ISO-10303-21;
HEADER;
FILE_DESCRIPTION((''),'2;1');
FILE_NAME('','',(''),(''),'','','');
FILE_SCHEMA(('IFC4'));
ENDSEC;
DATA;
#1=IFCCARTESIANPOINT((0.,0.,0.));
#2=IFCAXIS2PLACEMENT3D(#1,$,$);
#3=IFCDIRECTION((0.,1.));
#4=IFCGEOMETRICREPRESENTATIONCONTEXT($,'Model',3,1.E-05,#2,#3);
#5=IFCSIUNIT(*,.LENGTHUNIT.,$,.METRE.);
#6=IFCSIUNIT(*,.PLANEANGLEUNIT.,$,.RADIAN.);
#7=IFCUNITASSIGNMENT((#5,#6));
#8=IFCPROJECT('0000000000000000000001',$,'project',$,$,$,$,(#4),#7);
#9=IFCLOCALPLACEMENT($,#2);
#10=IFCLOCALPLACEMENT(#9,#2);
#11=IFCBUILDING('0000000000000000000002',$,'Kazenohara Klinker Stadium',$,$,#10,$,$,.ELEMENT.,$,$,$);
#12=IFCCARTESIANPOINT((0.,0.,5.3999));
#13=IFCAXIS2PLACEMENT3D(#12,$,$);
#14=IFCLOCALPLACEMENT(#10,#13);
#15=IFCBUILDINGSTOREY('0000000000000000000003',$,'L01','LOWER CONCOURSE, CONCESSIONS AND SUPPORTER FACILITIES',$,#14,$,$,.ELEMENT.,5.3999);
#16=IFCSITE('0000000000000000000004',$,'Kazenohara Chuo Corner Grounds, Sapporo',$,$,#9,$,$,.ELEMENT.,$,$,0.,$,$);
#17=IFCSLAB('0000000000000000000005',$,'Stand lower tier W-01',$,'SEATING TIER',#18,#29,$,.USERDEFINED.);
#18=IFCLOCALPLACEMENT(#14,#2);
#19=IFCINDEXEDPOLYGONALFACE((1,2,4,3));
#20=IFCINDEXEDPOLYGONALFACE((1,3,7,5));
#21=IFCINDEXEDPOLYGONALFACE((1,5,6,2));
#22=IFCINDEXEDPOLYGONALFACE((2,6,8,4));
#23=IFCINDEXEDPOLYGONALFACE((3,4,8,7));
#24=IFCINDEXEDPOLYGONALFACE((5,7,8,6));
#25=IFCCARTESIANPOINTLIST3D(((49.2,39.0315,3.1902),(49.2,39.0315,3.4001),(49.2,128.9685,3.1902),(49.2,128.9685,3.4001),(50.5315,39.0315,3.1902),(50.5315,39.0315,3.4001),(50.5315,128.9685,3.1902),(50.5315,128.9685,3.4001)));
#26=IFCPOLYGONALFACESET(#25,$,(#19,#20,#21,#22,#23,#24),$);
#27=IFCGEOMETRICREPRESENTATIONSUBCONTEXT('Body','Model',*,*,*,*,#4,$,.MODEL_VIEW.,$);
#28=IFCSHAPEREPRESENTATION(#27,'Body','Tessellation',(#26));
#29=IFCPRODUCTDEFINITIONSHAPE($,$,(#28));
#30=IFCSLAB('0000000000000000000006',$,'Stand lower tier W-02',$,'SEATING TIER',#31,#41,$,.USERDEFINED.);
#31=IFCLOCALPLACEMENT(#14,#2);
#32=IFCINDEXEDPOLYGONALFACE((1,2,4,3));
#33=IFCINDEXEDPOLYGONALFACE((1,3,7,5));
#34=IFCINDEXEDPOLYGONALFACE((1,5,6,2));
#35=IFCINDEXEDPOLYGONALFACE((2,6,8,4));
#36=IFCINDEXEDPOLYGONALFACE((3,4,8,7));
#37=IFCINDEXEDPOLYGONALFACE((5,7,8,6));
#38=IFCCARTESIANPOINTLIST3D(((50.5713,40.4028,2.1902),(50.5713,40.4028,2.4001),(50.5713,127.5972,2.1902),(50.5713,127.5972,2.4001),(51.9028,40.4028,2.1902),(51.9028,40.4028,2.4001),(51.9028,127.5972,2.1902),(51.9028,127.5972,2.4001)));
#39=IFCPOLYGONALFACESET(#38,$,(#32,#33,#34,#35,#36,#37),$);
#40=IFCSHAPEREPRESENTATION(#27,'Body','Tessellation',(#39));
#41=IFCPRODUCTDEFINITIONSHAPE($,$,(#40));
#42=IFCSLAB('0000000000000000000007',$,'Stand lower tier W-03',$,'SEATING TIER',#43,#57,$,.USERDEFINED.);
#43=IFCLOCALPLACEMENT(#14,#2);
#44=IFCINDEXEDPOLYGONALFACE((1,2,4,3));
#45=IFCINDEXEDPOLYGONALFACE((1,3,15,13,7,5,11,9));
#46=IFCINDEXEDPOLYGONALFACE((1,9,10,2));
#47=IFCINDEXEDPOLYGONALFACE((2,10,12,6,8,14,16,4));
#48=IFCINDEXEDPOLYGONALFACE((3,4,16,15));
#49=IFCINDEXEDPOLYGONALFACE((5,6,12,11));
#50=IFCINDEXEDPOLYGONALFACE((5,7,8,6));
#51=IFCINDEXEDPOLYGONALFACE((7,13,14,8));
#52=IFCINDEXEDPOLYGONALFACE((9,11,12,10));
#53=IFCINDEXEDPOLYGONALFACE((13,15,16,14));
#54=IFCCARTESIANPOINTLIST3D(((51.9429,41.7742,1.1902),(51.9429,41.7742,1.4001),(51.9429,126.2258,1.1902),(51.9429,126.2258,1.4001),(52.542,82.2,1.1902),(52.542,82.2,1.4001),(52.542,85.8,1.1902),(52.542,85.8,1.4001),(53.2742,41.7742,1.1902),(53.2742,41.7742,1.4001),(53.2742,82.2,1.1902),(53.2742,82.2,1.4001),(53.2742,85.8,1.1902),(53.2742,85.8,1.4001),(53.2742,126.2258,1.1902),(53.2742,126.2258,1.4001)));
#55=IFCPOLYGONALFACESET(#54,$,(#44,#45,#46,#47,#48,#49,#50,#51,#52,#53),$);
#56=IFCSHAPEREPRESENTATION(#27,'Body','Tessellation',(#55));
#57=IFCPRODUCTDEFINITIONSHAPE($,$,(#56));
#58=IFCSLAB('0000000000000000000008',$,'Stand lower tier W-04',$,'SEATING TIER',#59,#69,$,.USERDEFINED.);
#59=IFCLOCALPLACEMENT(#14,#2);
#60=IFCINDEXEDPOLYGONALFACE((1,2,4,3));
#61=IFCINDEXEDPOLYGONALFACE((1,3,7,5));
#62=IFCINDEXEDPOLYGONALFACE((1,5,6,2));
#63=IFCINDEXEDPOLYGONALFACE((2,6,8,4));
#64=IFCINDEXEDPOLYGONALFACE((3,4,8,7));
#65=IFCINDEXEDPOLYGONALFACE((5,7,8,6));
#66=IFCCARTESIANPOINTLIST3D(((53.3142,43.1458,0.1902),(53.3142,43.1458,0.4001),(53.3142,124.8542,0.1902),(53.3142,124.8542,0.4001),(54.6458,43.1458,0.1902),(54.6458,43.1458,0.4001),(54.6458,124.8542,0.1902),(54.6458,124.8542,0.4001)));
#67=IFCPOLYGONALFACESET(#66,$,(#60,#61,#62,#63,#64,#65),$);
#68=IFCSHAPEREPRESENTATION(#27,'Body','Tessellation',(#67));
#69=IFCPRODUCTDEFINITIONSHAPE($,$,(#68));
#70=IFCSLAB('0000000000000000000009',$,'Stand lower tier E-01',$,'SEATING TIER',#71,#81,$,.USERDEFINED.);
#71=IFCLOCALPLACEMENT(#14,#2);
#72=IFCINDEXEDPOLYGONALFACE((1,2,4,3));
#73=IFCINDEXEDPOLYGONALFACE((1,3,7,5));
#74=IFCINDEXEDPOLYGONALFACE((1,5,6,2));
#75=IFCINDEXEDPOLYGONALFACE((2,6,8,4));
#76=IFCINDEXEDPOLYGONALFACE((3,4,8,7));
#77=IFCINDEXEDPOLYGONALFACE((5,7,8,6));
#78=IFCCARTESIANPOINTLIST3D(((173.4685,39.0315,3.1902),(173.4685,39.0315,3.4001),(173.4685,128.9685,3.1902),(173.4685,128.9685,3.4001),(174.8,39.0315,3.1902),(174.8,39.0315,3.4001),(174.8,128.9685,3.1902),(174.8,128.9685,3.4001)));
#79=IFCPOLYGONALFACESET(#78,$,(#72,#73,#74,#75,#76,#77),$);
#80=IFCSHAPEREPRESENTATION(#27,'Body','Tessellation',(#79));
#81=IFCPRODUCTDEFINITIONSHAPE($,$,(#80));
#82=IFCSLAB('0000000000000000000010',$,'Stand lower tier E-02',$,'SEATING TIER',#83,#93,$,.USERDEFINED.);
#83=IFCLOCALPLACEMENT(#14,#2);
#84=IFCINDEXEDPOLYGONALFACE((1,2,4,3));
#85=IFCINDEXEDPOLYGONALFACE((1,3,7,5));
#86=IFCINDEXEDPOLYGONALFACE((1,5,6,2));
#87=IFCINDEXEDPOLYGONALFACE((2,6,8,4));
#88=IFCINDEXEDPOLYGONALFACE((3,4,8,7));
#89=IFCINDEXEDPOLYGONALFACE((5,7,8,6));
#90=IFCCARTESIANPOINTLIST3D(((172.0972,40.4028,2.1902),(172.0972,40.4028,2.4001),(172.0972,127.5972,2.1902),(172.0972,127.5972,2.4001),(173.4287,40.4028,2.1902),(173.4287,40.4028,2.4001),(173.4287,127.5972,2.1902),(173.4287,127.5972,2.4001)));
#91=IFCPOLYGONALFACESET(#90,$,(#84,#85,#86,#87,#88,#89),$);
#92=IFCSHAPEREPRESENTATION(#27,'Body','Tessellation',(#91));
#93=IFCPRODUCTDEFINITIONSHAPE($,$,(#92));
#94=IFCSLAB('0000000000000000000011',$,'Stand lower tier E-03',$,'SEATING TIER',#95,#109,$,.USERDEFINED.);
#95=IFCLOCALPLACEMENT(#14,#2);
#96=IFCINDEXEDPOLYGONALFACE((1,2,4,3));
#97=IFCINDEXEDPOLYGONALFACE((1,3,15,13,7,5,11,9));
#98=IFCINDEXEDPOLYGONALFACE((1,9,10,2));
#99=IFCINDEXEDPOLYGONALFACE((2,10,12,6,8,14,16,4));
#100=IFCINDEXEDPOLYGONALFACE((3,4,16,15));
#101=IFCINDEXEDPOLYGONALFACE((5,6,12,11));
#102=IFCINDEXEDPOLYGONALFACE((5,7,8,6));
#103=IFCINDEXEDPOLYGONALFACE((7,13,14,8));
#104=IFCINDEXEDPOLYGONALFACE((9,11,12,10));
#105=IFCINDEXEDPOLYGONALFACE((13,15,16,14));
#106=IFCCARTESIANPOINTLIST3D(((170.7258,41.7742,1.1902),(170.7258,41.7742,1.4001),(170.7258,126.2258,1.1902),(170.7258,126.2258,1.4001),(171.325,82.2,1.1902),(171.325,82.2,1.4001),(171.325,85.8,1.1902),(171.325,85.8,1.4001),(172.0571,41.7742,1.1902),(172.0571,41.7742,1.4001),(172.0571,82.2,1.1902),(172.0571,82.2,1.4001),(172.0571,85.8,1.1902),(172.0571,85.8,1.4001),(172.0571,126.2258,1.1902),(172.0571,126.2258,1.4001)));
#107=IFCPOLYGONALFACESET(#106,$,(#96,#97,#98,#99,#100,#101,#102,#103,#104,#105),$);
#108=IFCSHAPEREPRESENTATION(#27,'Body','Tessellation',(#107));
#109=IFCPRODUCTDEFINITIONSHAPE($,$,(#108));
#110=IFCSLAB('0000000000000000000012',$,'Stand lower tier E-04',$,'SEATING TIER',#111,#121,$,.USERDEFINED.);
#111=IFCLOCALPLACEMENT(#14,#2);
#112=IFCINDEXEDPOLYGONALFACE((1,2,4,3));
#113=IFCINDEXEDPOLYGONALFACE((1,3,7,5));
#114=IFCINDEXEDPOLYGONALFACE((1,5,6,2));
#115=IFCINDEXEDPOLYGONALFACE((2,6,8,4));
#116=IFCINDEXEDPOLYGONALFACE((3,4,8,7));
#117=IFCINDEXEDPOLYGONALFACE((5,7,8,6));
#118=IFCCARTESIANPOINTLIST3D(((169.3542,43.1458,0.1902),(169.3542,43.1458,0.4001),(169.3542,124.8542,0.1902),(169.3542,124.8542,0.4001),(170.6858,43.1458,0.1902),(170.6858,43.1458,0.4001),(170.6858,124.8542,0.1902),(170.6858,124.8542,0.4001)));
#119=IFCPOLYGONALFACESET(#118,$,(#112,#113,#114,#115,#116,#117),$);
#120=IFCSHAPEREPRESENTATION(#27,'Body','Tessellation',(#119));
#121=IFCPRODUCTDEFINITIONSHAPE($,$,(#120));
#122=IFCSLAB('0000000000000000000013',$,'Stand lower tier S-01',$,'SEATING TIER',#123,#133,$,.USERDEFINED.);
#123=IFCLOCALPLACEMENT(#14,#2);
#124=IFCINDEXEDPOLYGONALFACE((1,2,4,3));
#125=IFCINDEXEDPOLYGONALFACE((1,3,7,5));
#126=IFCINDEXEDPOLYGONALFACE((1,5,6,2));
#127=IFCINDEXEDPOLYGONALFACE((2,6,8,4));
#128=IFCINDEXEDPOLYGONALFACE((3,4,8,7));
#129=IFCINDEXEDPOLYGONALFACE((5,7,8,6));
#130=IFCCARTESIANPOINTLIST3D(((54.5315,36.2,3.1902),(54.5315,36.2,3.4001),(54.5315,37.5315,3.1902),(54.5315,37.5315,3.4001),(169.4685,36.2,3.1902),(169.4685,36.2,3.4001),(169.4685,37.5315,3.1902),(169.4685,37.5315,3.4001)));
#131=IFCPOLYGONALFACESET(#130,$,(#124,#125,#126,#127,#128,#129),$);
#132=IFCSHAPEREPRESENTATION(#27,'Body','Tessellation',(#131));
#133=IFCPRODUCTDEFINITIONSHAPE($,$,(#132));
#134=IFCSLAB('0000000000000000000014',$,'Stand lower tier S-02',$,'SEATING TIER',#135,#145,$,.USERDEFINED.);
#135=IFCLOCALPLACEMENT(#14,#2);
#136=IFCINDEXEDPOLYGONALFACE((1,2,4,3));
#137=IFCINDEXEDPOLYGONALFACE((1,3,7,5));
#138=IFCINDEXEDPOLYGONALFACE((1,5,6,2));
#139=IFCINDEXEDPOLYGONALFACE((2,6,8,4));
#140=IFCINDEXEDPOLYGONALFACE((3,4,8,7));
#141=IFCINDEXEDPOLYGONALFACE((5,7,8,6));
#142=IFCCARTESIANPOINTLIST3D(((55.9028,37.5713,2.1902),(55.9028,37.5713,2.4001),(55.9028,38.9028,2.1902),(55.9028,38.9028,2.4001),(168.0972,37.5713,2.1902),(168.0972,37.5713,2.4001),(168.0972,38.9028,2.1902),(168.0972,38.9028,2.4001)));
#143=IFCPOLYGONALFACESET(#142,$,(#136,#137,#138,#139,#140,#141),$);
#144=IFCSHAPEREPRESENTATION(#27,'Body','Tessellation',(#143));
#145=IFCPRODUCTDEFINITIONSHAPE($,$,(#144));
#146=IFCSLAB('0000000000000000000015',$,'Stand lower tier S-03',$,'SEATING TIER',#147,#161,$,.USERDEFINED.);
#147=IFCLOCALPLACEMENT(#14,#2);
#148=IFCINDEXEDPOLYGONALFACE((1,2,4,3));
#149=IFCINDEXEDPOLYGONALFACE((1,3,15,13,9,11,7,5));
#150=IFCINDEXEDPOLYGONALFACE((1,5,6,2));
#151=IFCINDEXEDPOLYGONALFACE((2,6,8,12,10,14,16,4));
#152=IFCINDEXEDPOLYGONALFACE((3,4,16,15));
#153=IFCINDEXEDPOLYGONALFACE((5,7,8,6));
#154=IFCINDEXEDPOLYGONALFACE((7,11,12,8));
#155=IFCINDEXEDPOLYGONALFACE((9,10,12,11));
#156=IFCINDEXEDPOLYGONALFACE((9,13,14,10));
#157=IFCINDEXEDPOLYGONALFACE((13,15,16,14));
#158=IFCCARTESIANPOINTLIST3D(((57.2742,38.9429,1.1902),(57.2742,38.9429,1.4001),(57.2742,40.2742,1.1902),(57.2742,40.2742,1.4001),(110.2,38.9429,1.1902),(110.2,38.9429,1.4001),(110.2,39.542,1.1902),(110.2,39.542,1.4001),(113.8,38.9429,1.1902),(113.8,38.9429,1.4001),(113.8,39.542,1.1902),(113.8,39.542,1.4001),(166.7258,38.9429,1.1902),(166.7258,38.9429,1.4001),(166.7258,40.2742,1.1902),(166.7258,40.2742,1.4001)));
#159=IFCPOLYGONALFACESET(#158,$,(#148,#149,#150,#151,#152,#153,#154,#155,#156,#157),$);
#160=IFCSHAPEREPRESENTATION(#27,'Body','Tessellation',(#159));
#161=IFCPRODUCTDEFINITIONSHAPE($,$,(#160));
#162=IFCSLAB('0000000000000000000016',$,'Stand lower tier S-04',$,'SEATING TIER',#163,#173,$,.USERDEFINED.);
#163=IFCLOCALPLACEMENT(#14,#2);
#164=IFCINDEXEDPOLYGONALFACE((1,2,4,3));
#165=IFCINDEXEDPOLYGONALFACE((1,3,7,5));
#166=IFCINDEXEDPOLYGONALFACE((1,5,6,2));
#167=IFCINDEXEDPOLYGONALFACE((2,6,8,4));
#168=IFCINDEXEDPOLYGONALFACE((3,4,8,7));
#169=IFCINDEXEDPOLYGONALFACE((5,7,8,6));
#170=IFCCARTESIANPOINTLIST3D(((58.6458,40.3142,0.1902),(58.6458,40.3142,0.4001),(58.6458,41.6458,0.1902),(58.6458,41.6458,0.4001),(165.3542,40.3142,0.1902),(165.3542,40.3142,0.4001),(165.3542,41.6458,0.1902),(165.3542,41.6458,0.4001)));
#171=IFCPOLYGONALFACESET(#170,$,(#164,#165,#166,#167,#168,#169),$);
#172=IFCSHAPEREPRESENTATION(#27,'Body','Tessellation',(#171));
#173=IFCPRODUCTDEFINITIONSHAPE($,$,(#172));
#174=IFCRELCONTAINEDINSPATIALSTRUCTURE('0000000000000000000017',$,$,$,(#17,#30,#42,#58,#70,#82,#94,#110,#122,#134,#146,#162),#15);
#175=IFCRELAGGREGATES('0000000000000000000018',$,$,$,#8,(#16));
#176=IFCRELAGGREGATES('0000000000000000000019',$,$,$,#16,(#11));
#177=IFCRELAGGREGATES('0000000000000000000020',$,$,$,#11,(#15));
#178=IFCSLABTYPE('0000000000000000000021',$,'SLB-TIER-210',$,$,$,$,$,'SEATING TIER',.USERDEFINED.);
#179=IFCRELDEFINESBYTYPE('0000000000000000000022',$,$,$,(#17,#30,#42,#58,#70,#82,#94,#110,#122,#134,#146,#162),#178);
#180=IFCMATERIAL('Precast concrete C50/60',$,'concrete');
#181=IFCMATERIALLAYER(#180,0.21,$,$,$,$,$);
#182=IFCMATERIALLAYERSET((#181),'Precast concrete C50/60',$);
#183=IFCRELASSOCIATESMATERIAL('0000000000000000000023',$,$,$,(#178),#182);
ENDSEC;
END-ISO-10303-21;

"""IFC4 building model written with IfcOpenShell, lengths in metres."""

from ifc_helpers import new_model, si_unit, direction, frame, origin, place, context, subcontext, project, spatial, polyline, outline, extrude, material, layer, layer_set, type_object, element, save


model = new_model("IFC4")

# Units and contexts
model_context = context("Model", 3, precision=1e-05, world=origin(), true_north=direction((0.0, 1.0)))
body_context = subcontext(model_context, "Body", "Model", "MODEL_VIEW")
ifc_project = project(units=[si_unit("LENGTHUNIT", "METRE"), si_unit("PLANEANGLEUNIT", "RADIAN")], contexts=[model_context])

# Site, building, storey
site_placement = place(None, origin())
site = spatial("IfcSite", under=ifc_project, at=site_placement, Name="Kazenohara Chuo Corner Grounds, Sapporo", CompositionType="ELEMENT", RefElevation=0.0)
building_placement = place(site_placement, origin())
building = spatial("IfcBuilding", under=site, at=building_placement, Name="Kazenohara Klinker Stadium", CompositionType="ELEMENT")
storey_placement = place(building_placement, frame((0.0, 0.0, 5.3999)))
storey = spatial("IfcBuildingStorey", under=building, at=storey_placement, Name="L01", Description="LOWER CONCOURSE, CONCESSIONS AND SUPPORTER FACILITIES", CompositionType="ELEMENT", Elevation=5.3999)

# Slabs
ifc_material_1 = material(Name="Precast concrete C50/60", Category="concrete")
ifc_layer_1 = layer(ifc_material_1, 0.21)
ifc_layer_set_1 = layer_set([ifc_layer_1], Name="Precast concrete C50/60")
slab_type_1 = type_object("IfcSlabType", Name="SLB-TIER-210", ElementType="SEATING TIER", PredefinedType="USERDEFINED", material=ifc_layer_set_1)
slab_1_placement = place(storey_placement, frame((0.0, 0.0, 3.1902)))
element("IfcSlab", 1, at=slab_1_placement, inside=storey, type_object=slab_type_1, Name="Stand lower tier W-01", ObjectType="SEATING TIER", PredefinedType="USERDEFINED", context=body_context, shape_type="SweptSolid", body=[
    extrude(outline(polyline([(49.2, 39.0315), (50.5315, 39.0315), (50.5315, 128.9685), (49.2, 128.9685), (49.2, 39.0315)])), origin(), (0.0, 0.0, 1.0), 0.21),
])
slab_2_placement = place(storey_placement, frame((0.0, 0.0, 2.1902)))
element("IfcSlab", 2, at=slab_2_placement, inside=storey, type_object=slab_type_1, Name="Stand lower tier W-02", ObjectType="SEATING TIER", PredefinedType="USERDEFINED", context=body_context, shape_type="SweptSolid", body=[
    extrude(outline(polyline([(50.5713, 40.4028), (51.9028, 40.4028), (51.9028, 127.5972), (50.5713, 127.5972), (50.5713, 40.4028)])), origin(), (0.0, 0.0, 1.0), 0.21),
])
slab_3_placement = place(storey_placement, frame((0.0, 0.0, 1.1902)))
element("IfcSlab", 3, at=slab_3_placement, inside=storey, type_object=slab_type_1, Name="Stand lower tier W-03", ObjectType="SEATING TIER", PredefinedType="USERDEFINED", context=body_context, shape_type="SweptSolid", body=[
    extrude(outline(polyline([(51.9429, 41.7742), (53.2742, 41.7742), (53.2742, 82.2), (52.542, 82.2), (52.542, 85.8), (53.2742, 85.8), (53.2742, 126.2258), (51.9429, 126.2258), (51.9429, 41.7742)])), origin(), (0.0, 0.0, 1.0), 0.21),
])
slab_4_placement = place(storey_placement, frame((0.0, 0.0, 0.1902)))
element("IfcSlab", 4, at=slab_4_placement, inside=storey, type_object=slab_type_1, Name="Stand lower tier W-04", ObjectType="SEATING TIER", PredefinedType="USERDEFINED", context=body_context, shape_type="SweptSolid", body=[
    extrude(outline(polyline([(53.3142, 43.1458), (54.6458, 43.1458), (54.6458, 124.8542), (53.3142, 124.8542), (53.3142, 43.1458)])), origin(), (0.0, 0.0, 1.0), 0.21),
])
slab_5_placement = place(storey_placement, frame((0.0, 0.0, 3.1902)))
element("IfcSlab", 5, at=slab_5_placement, inside=storey, type_object=slab_type_1, Name="Stand lower tier E-01", ObjectType="SEATING TIER", PredefinedType="USERDEFINED", context=body_context, shape_type="SweptSolid", body=[
    extrude(outline(polyline([(173.4685, 39.0315), (174.8, 39.0315), (174.8, 128.9685), (173.4685, 128.9685), (173.4685, 39.0315)])), origin(), (0.0, 0.0, 1.0), 0.21),
])
slab_6_placement = place(storey_placement, frame((0.0, 0.0, 2.1902)))
element("IfcSlab", 6, at=slab_6_placement, inside=storey, type_object=slab_type_1, Name="Stand lower tier E-02", ObjectType="SEATING TIER", PredefinedType="USERDEFINED", context=body_context, shape_type="SweptSolid", body=[
    extrude(outline(polyline([(172.0972, 40.4028), (173.4287, 40.4028), (173.4287, 127.5972), (172.0972, 127.5972), (172.0972, 40.4028)])), origin(), (0.0, 0.0, 1.0), 0.21),
])
slab_7_placement = place(storey_placement, frame((0.0, 0.0, 1.1902)))
element("IfcSlab", 7, at=slab_7_placement, inside=storey, type_object=slab_type_1, Name="Stand lower tier E-03", ObjectType="SEATING TIER", PredefinedType="USERDEFINED", context=body_context, shape_type="SweptSolid", body=[
    extrude(outline(polyline([(170.7258, 41.7742), (172.0571, 41.7742), (172.0571, 82.2), (171.325, 82.2), (171.325, 85.8), (172.0571, 85.8), (172.0571, 126.2258), (170.7258, 126.2258), (170.7258, 41.7742)])), origin(), (0.0, 0.0, 1.0), 0.21),
])
slab_8_placement = place(storey_placement, frame((0.0, 0.0, 0.1902)))
element("IfcSlab", 8, at=slab_8_placement, inside=storey, type_object=slab_type_1, Name="Stand lower tier E-04", ObjectType="SEATING TIER", PredefinedType="USERDEFINED", context=body_context, shape_type="SweptSolid", body=[
    extrude(outline(polyline([(169.3542, 43.1458), (170.6858, 43.1458), (170.6858, 124.8542), (169.3542, 124.8542), (169.3542, 43.1458)])), origin(), (0.0, 0.0, 1.0), 0.21),
])
slab_9_placement = place(storey_placement, frame((0.0, 0.0, 3.1902)))
element("IfcSlab", 9, at=slab_9_placement, inside=storey, type_object=slab_type_1, Name="Stand lower tier S-01", ObjectType="SEATING TIER", PredefinedType="USERDEFINED", context=body_context, shape_type="SweptSolid", body=[
    extrude(outline(polyline([(54.5315, 36.2), (169.4685, 36.2), (169.4685, 37.5315), (54.5315, 37.5315), (54.5315, 36.2)])), origin(), (0.0, 0.0, 1.0), 0.21),
])
slab_10_placement = place(storey_placement, frame((0.0, 0.0, 2.1902)))
element("IfcSlab", 10, at=slab_10_placement, inside=storey, type_object=slab_type_1, Name="Stand lower tier S-02", ObjectType="SEATING TIER", PredefinedType="USERDEFINED", context=body_context, shape_type="SweptSolid", body=[
    extrude(outline(polyline([(55.9028, 37.5713), (168.0972, 37.5713), (168.0972, 38.9028), (55.9028, 38.9028), (55.9028, 37.5713)])), origin(), (0.0, 0.0, 1.0), 0.21),
])
slab_11_placement = place(storey_placement, frame((0.0, 0.0, 1.1902)))
element("IfcSlab", 11, at=slab_11_placement, inside=storey, type_object=slab_type_1, Name="Stand lower tier S-03", ObjectType="SEATING TIER", PredefinedType="USERDEFINED", context=body_context, shape_type="SweptSolid", body=[
    extrude(outline(polyline([(57.2742, 38.9429), (110.2, 38.9429), (110.2, 39.542), (113.8, 39.542), (113.8, 38.9429), (166.7258, 38.9429), (166.7258, 40.2742), (57.2742, 40.2742), (57.2742, 38.9429)])), origin(), (0.0, 0.0, 1.0), 0.21),
])
slab_12_placement = place(storey_placement, frame((0.0, 0.0, 0.1902)))
element("IfcSlab", 12, at=slab_12_placement, inside=storey, type_object=slab_type_1, Name="Stand lower tier S-04", ObjectType="SEATING TIER", PredefinedType="USERDEFINED", context=body_context, shape_type="SweptSolid", body=[
    extrude(outline(polyline([(58.6458, 40.3142), (165.3542, 40.3142), (165.3542, 41.6458), (58.6458, 41.6458), (58.6458, 40.3142)])), origin(), (0.0, 0.0, 1.0), 0.21),
])

save(model, "model.ifc")
